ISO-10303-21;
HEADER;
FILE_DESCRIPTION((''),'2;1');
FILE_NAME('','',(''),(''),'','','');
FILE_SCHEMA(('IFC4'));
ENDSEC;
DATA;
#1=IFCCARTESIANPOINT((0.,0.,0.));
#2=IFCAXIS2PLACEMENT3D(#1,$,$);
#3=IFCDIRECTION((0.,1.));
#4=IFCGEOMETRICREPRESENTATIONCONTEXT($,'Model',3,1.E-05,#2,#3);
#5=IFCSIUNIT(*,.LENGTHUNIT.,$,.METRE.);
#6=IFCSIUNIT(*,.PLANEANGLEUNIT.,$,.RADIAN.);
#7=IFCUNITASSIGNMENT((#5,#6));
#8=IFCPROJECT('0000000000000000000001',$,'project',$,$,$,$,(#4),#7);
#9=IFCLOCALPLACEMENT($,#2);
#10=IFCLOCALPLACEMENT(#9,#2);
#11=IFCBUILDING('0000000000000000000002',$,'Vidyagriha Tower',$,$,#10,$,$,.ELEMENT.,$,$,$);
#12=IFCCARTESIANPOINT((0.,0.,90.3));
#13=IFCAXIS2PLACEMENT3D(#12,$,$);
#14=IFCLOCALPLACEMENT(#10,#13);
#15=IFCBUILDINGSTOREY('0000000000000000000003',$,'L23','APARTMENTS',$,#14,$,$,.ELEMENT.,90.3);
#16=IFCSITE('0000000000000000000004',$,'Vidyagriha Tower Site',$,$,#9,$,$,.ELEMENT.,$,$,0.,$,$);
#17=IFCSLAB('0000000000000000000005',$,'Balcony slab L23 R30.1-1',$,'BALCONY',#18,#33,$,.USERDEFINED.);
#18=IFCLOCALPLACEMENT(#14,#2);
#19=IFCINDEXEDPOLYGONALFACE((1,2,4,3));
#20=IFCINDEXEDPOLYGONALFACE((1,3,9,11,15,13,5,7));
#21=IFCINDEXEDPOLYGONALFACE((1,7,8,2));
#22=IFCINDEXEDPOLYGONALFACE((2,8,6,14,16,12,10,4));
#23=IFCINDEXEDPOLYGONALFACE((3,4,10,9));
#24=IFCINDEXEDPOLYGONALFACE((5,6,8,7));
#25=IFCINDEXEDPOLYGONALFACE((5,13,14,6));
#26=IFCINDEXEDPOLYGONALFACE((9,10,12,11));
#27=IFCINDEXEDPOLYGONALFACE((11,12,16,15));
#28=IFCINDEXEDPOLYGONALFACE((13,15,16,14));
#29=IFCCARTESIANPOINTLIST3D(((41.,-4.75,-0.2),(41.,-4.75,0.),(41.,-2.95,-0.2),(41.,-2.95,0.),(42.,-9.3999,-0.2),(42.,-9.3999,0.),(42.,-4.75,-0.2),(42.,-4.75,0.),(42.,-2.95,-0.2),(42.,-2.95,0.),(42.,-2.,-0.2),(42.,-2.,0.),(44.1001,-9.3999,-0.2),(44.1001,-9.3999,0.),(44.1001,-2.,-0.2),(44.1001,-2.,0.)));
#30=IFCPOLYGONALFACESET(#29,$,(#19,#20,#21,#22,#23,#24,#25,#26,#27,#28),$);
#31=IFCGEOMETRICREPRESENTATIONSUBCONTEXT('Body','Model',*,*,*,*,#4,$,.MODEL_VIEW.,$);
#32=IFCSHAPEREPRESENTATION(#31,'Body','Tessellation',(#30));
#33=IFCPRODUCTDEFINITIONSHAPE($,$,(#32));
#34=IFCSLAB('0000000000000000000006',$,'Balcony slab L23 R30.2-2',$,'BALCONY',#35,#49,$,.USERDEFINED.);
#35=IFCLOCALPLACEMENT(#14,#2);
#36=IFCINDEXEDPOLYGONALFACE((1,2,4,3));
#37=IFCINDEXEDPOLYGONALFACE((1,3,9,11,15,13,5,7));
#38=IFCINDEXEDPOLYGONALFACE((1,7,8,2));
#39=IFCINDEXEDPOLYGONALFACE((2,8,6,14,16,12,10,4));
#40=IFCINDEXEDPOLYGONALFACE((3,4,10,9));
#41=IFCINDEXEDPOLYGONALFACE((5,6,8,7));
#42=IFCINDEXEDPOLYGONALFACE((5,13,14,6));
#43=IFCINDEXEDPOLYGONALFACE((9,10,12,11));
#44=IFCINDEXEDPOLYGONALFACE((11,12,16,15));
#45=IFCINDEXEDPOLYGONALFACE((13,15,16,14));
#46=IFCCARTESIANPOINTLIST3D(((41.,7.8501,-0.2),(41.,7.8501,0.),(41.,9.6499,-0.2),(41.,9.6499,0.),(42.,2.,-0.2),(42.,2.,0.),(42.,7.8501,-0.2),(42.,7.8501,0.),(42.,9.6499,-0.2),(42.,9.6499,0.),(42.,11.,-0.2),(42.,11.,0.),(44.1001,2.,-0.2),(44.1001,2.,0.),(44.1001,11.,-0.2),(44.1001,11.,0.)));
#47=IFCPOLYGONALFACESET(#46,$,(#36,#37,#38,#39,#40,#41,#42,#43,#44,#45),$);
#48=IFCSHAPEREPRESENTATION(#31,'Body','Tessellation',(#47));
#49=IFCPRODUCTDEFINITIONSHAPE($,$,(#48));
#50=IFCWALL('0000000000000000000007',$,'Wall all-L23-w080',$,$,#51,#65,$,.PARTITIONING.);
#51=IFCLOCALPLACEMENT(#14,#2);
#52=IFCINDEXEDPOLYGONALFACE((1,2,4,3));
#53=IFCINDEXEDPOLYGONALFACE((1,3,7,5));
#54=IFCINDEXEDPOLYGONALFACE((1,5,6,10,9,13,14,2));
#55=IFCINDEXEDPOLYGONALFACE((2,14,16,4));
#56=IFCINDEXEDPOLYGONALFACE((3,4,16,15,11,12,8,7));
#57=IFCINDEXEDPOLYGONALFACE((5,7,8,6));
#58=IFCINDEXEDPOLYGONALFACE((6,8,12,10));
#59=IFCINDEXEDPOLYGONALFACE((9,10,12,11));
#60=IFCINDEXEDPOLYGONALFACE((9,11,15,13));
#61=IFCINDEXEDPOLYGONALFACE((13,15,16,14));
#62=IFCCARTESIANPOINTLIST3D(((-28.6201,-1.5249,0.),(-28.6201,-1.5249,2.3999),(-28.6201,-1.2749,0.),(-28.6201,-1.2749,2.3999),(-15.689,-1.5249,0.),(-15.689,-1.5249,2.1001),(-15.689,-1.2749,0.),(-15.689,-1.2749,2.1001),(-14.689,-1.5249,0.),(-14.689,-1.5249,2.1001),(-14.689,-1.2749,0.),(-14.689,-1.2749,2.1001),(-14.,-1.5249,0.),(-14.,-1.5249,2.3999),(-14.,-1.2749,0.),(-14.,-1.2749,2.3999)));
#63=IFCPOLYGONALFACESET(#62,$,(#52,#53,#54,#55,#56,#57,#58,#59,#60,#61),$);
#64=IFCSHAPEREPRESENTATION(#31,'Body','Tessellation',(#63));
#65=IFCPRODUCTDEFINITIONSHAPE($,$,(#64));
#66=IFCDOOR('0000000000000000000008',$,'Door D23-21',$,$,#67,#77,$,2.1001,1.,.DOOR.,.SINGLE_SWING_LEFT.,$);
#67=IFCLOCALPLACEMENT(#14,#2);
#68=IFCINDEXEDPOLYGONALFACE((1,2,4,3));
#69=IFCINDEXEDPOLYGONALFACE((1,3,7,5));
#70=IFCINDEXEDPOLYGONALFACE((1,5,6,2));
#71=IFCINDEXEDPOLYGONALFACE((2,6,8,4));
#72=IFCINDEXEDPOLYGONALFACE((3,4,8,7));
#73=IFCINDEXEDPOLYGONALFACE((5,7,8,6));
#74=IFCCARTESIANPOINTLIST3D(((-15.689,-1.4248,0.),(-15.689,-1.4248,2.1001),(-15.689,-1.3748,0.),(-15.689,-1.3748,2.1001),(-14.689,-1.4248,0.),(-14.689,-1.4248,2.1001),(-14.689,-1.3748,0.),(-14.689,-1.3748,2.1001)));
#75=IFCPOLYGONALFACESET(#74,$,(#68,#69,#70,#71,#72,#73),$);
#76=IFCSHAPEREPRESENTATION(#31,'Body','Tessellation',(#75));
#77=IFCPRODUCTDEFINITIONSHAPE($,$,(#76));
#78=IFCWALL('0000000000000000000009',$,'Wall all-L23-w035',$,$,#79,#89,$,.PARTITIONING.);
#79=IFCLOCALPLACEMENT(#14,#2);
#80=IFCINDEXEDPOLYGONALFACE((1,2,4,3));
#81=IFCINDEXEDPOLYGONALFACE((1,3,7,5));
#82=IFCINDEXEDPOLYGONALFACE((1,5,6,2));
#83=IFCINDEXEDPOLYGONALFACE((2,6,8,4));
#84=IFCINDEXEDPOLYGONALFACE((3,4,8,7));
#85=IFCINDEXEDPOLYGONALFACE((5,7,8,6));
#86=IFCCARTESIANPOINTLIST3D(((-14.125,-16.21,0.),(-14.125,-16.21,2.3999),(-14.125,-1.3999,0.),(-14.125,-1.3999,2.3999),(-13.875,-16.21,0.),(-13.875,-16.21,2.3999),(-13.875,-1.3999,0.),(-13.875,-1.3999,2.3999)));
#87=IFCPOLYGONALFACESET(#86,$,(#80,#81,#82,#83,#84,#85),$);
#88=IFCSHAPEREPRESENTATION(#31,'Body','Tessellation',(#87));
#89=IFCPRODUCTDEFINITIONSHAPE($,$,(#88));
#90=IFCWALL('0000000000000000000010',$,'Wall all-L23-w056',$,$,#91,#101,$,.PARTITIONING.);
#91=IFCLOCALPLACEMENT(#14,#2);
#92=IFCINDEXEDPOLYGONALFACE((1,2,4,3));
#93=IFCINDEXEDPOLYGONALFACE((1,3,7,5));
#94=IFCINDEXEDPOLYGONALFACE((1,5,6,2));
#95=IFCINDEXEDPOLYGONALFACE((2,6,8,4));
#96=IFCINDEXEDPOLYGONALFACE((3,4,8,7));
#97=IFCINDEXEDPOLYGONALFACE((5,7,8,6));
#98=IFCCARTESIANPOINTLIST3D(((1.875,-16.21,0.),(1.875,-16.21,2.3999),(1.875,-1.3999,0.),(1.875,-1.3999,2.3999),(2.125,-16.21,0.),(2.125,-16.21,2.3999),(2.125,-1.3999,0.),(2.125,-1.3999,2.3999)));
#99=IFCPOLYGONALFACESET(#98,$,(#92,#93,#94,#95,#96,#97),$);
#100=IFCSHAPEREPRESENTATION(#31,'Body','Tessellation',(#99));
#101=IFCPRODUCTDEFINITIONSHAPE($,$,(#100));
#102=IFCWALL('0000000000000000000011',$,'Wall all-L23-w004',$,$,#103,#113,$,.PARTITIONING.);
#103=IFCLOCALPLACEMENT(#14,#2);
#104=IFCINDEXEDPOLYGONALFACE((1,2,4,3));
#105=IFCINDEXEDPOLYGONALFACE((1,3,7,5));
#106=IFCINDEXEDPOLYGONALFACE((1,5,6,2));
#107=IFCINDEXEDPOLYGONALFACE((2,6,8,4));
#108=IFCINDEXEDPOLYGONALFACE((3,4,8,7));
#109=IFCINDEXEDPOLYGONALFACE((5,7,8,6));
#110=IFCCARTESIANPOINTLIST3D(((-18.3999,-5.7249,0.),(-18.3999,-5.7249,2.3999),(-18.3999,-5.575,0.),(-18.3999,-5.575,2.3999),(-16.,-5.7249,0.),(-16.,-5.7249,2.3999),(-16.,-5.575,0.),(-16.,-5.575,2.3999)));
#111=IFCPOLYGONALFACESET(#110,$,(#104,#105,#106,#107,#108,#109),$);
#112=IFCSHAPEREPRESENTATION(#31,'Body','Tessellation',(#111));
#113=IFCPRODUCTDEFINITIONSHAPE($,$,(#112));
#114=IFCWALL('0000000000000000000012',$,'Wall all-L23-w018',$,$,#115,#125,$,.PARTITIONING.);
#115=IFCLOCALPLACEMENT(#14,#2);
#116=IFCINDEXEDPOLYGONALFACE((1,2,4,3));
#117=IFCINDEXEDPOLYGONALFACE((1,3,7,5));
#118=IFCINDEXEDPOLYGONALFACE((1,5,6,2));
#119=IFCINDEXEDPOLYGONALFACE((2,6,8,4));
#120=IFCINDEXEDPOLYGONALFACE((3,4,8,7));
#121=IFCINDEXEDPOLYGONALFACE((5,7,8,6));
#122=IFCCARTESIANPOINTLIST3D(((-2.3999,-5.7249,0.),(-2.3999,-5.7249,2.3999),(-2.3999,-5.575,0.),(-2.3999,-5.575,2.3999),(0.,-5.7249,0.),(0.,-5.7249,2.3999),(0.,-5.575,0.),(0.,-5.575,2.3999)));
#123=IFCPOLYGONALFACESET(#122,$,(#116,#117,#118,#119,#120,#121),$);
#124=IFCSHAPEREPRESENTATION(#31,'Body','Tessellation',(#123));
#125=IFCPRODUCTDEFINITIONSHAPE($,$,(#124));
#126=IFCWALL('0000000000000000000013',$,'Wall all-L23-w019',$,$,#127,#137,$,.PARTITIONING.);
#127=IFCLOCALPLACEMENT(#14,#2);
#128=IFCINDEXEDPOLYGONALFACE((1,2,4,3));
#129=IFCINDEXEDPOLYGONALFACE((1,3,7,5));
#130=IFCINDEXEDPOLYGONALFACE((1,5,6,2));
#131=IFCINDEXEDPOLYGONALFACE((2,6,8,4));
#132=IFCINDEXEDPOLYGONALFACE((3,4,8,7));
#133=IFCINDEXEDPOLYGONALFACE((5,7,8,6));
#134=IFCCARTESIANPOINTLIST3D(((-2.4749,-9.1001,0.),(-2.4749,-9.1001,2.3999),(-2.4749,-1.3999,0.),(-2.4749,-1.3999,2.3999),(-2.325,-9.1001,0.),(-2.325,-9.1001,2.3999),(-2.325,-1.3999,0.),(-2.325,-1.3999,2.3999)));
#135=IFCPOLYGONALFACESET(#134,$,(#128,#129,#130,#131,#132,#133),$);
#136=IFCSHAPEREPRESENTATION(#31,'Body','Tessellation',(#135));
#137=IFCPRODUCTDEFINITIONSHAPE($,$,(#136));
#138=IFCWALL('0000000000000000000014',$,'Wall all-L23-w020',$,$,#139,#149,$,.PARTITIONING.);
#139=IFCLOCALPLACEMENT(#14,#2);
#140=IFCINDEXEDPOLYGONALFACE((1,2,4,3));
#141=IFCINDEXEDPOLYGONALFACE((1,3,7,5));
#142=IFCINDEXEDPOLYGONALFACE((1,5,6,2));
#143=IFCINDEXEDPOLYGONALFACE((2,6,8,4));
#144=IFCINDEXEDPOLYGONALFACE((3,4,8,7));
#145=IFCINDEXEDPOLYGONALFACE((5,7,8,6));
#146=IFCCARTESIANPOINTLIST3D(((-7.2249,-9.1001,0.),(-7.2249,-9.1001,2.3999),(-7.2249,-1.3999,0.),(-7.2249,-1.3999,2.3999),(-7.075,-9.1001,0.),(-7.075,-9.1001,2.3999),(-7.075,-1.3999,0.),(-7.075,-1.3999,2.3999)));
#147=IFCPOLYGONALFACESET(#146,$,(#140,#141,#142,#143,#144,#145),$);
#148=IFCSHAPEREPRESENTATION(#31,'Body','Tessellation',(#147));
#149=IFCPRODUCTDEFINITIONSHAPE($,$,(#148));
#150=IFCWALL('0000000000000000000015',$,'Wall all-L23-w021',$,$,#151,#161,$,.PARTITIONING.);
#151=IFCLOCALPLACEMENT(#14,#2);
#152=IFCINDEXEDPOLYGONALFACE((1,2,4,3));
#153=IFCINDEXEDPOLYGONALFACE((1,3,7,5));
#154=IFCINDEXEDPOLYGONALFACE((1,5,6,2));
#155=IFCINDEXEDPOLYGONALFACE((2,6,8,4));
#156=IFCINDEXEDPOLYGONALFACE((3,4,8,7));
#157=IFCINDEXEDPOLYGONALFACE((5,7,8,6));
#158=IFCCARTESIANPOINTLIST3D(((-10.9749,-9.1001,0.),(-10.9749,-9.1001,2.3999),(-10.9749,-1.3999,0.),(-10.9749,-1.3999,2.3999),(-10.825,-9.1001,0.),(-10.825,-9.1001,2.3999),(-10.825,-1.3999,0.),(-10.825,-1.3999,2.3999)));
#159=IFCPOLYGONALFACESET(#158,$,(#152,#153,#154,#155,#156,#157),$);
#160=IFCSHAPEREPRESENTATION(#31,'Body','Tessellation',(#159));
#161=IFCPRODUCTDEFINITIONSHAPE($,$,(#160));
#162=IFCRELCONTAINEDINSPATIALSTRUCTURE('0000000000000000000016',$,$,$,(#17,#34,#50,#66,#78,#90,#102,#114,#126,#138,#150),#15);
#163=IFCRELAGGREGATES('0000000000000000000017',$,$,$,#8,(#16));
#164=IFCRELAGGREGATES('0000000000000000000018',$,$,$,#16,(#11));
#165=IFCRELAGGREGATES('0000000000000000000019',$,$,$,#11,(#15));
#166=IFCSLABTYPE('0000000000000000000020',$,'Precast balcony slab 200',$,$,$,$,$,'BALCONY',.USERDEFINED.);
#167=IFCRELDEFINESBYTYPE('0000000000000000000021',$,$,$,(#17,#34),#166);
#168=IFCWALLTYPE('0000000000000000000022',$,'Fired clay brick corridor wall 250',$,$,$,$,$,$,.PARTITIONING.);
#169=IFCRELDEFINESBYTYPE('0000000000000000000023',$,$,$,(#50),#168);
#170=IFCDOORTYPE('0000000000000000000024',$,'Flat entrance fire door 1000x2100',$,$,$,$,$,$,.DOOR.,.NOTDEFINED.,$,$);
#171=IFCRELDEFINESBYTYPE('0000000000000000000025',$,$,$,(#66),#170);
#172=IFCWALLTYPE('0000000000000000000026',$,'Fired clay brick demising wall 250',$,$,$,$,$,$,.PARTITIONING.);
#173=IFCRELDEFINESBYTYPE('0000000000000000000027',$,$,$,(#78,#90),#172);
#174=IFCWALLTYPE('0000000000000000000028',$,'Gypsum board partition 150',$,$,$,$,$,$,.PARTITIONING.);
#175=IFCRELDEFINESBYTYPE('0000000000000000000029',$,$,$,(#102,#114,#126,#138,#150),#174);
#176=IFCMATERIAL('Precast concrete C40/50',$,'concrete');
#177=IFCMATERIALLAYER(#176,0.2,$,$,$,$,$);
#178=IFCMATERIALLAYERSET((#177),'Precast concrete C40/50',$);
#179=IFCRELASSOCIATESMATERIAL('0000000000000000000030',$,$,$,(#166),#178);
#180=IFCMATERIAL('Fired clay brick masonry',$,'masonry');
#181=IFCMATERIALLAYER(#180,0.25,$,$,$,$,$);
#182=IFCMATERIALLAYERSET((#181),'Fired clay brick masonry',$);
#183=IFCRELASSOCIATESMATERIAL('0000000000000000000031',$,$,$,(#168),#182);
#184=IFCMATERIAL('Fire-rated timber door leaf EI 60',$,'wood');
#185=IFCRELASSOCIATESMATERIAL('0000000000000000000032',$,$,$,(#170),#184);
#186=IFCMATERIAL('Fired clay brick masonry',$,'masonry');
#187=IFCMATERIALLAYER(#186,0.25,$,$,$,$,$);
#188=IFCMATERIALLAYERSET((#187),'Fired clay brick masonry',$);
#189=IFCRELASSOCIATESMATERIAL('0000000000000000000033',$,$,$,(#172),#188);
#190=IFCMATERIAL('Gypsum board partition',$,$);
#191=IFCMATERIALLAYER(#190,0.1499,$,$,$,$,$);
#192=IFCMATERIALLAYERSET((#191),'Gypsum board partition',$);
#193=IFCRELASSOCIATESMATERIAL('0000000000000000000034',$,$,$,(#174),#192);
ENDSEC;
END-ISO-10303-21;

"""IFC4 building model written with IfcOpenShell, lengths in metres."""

from ifc_helpers import new_model, si_unit, direction, frame, frame_2d, origin, place, context, subcontext, project, spatial, polyline, rectangle, outline, extrude, material, layer, layer_set, type_object, element, fill, save


model = new_model("IFC4")

# Units and contexts
model_context = context("Model", 3, precision=1e-05, world=origin(), true_north=direction((0.0, 1.0)))
body_context = subcontext(model_context, "Body", "Model", "MODEL_VIEW")
ifc_project = project(units=[si_unit("LENGTHUNIT", "METRE"), si_unit("PLANEANGLEUNIT", "RADIAN")], contexts=[model_context])

# Site, building, storey
site_placement = place(None, origin())
site = spatial("IfcSite", under=ifc_project, at=site_placement, Name="Vidyagriha Tower Site", CompositionType="ELEMENT", RefElevation=0.0)
building_placement = place(site_placement, origin())
building = spatial("IfcBuilding", under=site, at=building_placement, Name="Vidyagriha Tower", CompositionType="ELEMENT")
storey_placement = place(building_placement, frame((0.0, 0.0, 90.3)))
storey = spatial("IfcBuildingStorey", under=building, at=storey_placement, Name="L23", Description="APARTMENTS", CompositionType="ELEMENT", Elevation=90.3)

# Slabs
ifc_material_1 = material(Name="Precast concrete C40/50", Category="concrete")
ifc_layer_1 = layer(ifc_material_1, 0.2)
ifc_layer_set_1 = layer_set([ifc_layer_1], Name="Precast concrete C40/50")
slab_type_1 = type_object("IfcSlabType", Name="Precast balcony slab 200", ElementType="BALCONY", PredefinedType="USERDEFINED", material=ifc_layer_set_1)
slab_1_placement = place(storey_placement, frame((0.0, 0.0, -0.2)))
element("IfcSlab", 1, at=slab_1_placement, inside=storey, type_object=slab_type_1, Name="Balcony slab L23 R30.1-1", ObjectType="BALCONY", PredefinedType="USERDEFINED", context=body_context, shape_type="SweptSolid", body=[
    extrude(outline(polyline([(42.0, -4.75), (42.0, -9.3999), (44.1001, -9.3999), (44.1001, -2.0), (42.0, -2.0), (42.0, -2.95), (41.0, -2.95), (41.0, -4.75), (42.0, -4.75)])), origin(), (0.0, 0.0, 1.0), 0.2),
])
slab_2_placement = place(storey_placement, frame((0.0, 0.0, -0.2)))
element("IfcSlab", 2, at=slab_2_placement, inside=storey, type_object=slab_type_1, Name="Balcony slab L23 R30.2-2", ObjectType="BALCONY", PredefinedType="USERDEFINED", context=body_context, shape_type="SweptSolid", body=[
    extrude(outline(polyline([(42.0, 7.8501), (42.0, 2.0), (44.1001, 2.0), (44.1001, 11.0), (42.0, 11.0), (42.0, 9.6499), (41.0, 9.6499), (41.0, 7.8501), (42.0, 7.8501)])), origin(), (0.0, 0.0, 1.0), 0.2),
])

# Wall, opening, door
ifc_material_2 = material(Name="Fired clay brick masonry", Category="masonry")
ifc_layer_2 = layer(ifc_material_2, 0.25)
ifc_layer_set_2 = layer_set([ifc_layer_2], Name="Fired clay brick masonry")
wall_type_1 = type_object("IfcWallType", Name="Fired clay brick corridor wall 250", PredefinedType="PARTITIONING", material=ifc_layer_set_2)
wall_1_placement = place(storey_placement, frame((-14.0, -1.3999, 0.0), z_axis=(0.0, 0.0, 1.0), x_axis=(-1.0, 0.0, 0.0)))
wall_1 = element("IfcWall", 3, at=wall_1_placement, inside=storey, type_object=wall_type_1, Name="Wall all-L23-w080", PredefinedType="PARTITIONING", context=body_context, shape_type="SweptSolid", body=[
    extrude(rectangle(XDim=14.6201, YDim=0.25, at=frame_2d((7.3101, 0.0))), origin(), (0.0, 0.0, 1.0), 2.3999),
])
opening_1_placement = place(wall_1_placement, frame((0.689, 0.0, 0.0)))
opening_1 = element("IfcOpeningElement", 4, at=opening_1_placement, cuts=wall_1, PredefinedType="OPENING", context=body_context, shape_type="SweptSolid", body=[
    extrude(rectangle(XDim=1.0, YDim=2.1001, at=frame_2d((0.5, 1.05))), frame((0.0, 0.135, 0.0), z_axis=(0.0, -1.0, 0.0), x_axis=(1.0, 0.0, 0.0)), (0.0, 0.0, 1.0), 0.27),
])
ifc_material_3 = material(Name="Fire-rated timber door leaf EI 60", Category="wood")
door_type_1 = type_object("IfcDoorType", Name="Flat entrance fire door 1000x2100", OperationType="NOTDEFINED", PredefinedType="DOOR", material=ifc_material_3)
door_1_placement = place(opening_1_placement, origin())
door_1 = element("IfcDoor", 5, at=door_1_placement, inside=storey, type_object=door_type_1, Name="Door D23-21", OperationType="SINGLE_SWING_LEFT", OverallHeight=2.1001, OverallWidth=1.0, PredefinedType="DOOR", context=body_context, shape_type="SweptSolid", body=[
    extrude(rectangle(XDim=1.0, YDim=2.1001, at=frame_2d((0.5, 1.05))), frame((0.0, 0.0249, 0.0), z_axis=(0.0, -1.0, 0.0), x_axis=(1.0, 0.0, 0.0)), (0.0, 0.0, 1.0), 0.05),
])
fill(opening_1, door_1)

# Walls
ifc_material_4 = material(Name="Fired clay brick masonry", Category="masonry")
ifc_layer_3 = layer(ifc_material_4, 0.25)
ifc_layer_set_3 = layer_set([ifc_layer_3], Name="Fired clay brick masonry")
wall_type_2 = type_object("IfcWallType", Name="Fired clay brick demising wall 250", PredefinedType="PARTITIONING", material=ifc_layer_set_3)
for number, where, z_axis, x_axis, name in (
    (6, (-14.0, -1.3999, 0.0), (0.0, 0.0, 1.0), (0.0, -1.0, 0.0), "Wall all-L23-w035"),
    (7, (2.0, -1.3999, 0.0), (0.0, 0.0, 1.0), (0.0, -1.0, 0.0), "Wall all-L23-w056"),
):
    element("IfcWall", number, at=place(storey_placement, frame(where, z_axis=z_axis, x_axis=x_axis)), inside=storey, type_object=wall_type_2, Name=name, PredefinedType="PARTITIONING", context=body_context, shape_type="SweptSolid", body=[
        extrude(rectangle(XDim=14.8101, YDim=0.25, at=frame_2d((7.405, 0.0))), origin(), (0.0, 0.0, 1.0), 2.3999),
    ])
ifc_material_5 = material(Name="Gypsum board partition")
ifc_layer_4 = layer(ifc_material_5, 0.1499)
ifc_layer_set_4 = layer_set([ifc_layer_4], Name="Gypsum board partition")
wall_type_3 = type_object("IfcWallType", Name="Gypsum board partition 150", PredefinedType="PARTITIONING", material=ifc_layer_set_4)
for number, where, z_axis, x_axis, name in (
    (8, (-16.0, -5.6499, 0.0), (0.0, 0.0, 1.0), (-1.0, 0.0, 0.0), "Wall all-L23-w004"),
    (9, (0.0, -5.6499, 0.0), (0.0, 0.0, 1.0), (-1.0, 0.0, 0.0), "Wall all-L23-w018"),
):
    element("IfcWall", number, at=place(storey_placement, frame(where, z_axis=z_axis, x_axis=x_axis)), inside=storey, type_object=wall_type_3, Name=name, PredefinedType="PARTITIONING", context=body_context, shape_type="SweptSolid", body=[
        extrude(rectangle(XDim=2.3999, YDim=0.1499, at=frame_2d((1.2, 0.0))), origin(), (0.0, 0.0, 1.0), 2.3999),
    ])
for number, where, z_axis, x_axis, name in (
    (10, (-2.3999, -9.1001, 0.0), (0.0, 0.0, 1.0), (0.0, 1.0, 0.0), "Wall all-L23-w019"),
    (11, (-7.1499, -9.1001, 0.0), (0.0, 0.0, 1.0), (0.0, 1.0, 0.0), "Wall all-L23-w020"),
    (12, (-10.8999, -9.1001, 0.0), (0.0, 0.0, 1.0), (0.0, 1.0, 0.0), "Wall all-L23-w021"),
):
    element("IfcWall", number, at=place(storey_placement, frame(where, z_axis=z_axis, x_axis=x_axis)), inside=storey, type_object=wall_type_3, Name=name, PredefinedType="PARTITIONING", context=body_context, shape_type="SweptSolid", body=[
        extrude(rectangle(XDim=7.7002, YDim=0.1499, at=frame_2d((3.8501, 0.0))), origin(), (0.0, 0.0, 1.0), 2.3999),
    ])

save(model, "model.ifc")
